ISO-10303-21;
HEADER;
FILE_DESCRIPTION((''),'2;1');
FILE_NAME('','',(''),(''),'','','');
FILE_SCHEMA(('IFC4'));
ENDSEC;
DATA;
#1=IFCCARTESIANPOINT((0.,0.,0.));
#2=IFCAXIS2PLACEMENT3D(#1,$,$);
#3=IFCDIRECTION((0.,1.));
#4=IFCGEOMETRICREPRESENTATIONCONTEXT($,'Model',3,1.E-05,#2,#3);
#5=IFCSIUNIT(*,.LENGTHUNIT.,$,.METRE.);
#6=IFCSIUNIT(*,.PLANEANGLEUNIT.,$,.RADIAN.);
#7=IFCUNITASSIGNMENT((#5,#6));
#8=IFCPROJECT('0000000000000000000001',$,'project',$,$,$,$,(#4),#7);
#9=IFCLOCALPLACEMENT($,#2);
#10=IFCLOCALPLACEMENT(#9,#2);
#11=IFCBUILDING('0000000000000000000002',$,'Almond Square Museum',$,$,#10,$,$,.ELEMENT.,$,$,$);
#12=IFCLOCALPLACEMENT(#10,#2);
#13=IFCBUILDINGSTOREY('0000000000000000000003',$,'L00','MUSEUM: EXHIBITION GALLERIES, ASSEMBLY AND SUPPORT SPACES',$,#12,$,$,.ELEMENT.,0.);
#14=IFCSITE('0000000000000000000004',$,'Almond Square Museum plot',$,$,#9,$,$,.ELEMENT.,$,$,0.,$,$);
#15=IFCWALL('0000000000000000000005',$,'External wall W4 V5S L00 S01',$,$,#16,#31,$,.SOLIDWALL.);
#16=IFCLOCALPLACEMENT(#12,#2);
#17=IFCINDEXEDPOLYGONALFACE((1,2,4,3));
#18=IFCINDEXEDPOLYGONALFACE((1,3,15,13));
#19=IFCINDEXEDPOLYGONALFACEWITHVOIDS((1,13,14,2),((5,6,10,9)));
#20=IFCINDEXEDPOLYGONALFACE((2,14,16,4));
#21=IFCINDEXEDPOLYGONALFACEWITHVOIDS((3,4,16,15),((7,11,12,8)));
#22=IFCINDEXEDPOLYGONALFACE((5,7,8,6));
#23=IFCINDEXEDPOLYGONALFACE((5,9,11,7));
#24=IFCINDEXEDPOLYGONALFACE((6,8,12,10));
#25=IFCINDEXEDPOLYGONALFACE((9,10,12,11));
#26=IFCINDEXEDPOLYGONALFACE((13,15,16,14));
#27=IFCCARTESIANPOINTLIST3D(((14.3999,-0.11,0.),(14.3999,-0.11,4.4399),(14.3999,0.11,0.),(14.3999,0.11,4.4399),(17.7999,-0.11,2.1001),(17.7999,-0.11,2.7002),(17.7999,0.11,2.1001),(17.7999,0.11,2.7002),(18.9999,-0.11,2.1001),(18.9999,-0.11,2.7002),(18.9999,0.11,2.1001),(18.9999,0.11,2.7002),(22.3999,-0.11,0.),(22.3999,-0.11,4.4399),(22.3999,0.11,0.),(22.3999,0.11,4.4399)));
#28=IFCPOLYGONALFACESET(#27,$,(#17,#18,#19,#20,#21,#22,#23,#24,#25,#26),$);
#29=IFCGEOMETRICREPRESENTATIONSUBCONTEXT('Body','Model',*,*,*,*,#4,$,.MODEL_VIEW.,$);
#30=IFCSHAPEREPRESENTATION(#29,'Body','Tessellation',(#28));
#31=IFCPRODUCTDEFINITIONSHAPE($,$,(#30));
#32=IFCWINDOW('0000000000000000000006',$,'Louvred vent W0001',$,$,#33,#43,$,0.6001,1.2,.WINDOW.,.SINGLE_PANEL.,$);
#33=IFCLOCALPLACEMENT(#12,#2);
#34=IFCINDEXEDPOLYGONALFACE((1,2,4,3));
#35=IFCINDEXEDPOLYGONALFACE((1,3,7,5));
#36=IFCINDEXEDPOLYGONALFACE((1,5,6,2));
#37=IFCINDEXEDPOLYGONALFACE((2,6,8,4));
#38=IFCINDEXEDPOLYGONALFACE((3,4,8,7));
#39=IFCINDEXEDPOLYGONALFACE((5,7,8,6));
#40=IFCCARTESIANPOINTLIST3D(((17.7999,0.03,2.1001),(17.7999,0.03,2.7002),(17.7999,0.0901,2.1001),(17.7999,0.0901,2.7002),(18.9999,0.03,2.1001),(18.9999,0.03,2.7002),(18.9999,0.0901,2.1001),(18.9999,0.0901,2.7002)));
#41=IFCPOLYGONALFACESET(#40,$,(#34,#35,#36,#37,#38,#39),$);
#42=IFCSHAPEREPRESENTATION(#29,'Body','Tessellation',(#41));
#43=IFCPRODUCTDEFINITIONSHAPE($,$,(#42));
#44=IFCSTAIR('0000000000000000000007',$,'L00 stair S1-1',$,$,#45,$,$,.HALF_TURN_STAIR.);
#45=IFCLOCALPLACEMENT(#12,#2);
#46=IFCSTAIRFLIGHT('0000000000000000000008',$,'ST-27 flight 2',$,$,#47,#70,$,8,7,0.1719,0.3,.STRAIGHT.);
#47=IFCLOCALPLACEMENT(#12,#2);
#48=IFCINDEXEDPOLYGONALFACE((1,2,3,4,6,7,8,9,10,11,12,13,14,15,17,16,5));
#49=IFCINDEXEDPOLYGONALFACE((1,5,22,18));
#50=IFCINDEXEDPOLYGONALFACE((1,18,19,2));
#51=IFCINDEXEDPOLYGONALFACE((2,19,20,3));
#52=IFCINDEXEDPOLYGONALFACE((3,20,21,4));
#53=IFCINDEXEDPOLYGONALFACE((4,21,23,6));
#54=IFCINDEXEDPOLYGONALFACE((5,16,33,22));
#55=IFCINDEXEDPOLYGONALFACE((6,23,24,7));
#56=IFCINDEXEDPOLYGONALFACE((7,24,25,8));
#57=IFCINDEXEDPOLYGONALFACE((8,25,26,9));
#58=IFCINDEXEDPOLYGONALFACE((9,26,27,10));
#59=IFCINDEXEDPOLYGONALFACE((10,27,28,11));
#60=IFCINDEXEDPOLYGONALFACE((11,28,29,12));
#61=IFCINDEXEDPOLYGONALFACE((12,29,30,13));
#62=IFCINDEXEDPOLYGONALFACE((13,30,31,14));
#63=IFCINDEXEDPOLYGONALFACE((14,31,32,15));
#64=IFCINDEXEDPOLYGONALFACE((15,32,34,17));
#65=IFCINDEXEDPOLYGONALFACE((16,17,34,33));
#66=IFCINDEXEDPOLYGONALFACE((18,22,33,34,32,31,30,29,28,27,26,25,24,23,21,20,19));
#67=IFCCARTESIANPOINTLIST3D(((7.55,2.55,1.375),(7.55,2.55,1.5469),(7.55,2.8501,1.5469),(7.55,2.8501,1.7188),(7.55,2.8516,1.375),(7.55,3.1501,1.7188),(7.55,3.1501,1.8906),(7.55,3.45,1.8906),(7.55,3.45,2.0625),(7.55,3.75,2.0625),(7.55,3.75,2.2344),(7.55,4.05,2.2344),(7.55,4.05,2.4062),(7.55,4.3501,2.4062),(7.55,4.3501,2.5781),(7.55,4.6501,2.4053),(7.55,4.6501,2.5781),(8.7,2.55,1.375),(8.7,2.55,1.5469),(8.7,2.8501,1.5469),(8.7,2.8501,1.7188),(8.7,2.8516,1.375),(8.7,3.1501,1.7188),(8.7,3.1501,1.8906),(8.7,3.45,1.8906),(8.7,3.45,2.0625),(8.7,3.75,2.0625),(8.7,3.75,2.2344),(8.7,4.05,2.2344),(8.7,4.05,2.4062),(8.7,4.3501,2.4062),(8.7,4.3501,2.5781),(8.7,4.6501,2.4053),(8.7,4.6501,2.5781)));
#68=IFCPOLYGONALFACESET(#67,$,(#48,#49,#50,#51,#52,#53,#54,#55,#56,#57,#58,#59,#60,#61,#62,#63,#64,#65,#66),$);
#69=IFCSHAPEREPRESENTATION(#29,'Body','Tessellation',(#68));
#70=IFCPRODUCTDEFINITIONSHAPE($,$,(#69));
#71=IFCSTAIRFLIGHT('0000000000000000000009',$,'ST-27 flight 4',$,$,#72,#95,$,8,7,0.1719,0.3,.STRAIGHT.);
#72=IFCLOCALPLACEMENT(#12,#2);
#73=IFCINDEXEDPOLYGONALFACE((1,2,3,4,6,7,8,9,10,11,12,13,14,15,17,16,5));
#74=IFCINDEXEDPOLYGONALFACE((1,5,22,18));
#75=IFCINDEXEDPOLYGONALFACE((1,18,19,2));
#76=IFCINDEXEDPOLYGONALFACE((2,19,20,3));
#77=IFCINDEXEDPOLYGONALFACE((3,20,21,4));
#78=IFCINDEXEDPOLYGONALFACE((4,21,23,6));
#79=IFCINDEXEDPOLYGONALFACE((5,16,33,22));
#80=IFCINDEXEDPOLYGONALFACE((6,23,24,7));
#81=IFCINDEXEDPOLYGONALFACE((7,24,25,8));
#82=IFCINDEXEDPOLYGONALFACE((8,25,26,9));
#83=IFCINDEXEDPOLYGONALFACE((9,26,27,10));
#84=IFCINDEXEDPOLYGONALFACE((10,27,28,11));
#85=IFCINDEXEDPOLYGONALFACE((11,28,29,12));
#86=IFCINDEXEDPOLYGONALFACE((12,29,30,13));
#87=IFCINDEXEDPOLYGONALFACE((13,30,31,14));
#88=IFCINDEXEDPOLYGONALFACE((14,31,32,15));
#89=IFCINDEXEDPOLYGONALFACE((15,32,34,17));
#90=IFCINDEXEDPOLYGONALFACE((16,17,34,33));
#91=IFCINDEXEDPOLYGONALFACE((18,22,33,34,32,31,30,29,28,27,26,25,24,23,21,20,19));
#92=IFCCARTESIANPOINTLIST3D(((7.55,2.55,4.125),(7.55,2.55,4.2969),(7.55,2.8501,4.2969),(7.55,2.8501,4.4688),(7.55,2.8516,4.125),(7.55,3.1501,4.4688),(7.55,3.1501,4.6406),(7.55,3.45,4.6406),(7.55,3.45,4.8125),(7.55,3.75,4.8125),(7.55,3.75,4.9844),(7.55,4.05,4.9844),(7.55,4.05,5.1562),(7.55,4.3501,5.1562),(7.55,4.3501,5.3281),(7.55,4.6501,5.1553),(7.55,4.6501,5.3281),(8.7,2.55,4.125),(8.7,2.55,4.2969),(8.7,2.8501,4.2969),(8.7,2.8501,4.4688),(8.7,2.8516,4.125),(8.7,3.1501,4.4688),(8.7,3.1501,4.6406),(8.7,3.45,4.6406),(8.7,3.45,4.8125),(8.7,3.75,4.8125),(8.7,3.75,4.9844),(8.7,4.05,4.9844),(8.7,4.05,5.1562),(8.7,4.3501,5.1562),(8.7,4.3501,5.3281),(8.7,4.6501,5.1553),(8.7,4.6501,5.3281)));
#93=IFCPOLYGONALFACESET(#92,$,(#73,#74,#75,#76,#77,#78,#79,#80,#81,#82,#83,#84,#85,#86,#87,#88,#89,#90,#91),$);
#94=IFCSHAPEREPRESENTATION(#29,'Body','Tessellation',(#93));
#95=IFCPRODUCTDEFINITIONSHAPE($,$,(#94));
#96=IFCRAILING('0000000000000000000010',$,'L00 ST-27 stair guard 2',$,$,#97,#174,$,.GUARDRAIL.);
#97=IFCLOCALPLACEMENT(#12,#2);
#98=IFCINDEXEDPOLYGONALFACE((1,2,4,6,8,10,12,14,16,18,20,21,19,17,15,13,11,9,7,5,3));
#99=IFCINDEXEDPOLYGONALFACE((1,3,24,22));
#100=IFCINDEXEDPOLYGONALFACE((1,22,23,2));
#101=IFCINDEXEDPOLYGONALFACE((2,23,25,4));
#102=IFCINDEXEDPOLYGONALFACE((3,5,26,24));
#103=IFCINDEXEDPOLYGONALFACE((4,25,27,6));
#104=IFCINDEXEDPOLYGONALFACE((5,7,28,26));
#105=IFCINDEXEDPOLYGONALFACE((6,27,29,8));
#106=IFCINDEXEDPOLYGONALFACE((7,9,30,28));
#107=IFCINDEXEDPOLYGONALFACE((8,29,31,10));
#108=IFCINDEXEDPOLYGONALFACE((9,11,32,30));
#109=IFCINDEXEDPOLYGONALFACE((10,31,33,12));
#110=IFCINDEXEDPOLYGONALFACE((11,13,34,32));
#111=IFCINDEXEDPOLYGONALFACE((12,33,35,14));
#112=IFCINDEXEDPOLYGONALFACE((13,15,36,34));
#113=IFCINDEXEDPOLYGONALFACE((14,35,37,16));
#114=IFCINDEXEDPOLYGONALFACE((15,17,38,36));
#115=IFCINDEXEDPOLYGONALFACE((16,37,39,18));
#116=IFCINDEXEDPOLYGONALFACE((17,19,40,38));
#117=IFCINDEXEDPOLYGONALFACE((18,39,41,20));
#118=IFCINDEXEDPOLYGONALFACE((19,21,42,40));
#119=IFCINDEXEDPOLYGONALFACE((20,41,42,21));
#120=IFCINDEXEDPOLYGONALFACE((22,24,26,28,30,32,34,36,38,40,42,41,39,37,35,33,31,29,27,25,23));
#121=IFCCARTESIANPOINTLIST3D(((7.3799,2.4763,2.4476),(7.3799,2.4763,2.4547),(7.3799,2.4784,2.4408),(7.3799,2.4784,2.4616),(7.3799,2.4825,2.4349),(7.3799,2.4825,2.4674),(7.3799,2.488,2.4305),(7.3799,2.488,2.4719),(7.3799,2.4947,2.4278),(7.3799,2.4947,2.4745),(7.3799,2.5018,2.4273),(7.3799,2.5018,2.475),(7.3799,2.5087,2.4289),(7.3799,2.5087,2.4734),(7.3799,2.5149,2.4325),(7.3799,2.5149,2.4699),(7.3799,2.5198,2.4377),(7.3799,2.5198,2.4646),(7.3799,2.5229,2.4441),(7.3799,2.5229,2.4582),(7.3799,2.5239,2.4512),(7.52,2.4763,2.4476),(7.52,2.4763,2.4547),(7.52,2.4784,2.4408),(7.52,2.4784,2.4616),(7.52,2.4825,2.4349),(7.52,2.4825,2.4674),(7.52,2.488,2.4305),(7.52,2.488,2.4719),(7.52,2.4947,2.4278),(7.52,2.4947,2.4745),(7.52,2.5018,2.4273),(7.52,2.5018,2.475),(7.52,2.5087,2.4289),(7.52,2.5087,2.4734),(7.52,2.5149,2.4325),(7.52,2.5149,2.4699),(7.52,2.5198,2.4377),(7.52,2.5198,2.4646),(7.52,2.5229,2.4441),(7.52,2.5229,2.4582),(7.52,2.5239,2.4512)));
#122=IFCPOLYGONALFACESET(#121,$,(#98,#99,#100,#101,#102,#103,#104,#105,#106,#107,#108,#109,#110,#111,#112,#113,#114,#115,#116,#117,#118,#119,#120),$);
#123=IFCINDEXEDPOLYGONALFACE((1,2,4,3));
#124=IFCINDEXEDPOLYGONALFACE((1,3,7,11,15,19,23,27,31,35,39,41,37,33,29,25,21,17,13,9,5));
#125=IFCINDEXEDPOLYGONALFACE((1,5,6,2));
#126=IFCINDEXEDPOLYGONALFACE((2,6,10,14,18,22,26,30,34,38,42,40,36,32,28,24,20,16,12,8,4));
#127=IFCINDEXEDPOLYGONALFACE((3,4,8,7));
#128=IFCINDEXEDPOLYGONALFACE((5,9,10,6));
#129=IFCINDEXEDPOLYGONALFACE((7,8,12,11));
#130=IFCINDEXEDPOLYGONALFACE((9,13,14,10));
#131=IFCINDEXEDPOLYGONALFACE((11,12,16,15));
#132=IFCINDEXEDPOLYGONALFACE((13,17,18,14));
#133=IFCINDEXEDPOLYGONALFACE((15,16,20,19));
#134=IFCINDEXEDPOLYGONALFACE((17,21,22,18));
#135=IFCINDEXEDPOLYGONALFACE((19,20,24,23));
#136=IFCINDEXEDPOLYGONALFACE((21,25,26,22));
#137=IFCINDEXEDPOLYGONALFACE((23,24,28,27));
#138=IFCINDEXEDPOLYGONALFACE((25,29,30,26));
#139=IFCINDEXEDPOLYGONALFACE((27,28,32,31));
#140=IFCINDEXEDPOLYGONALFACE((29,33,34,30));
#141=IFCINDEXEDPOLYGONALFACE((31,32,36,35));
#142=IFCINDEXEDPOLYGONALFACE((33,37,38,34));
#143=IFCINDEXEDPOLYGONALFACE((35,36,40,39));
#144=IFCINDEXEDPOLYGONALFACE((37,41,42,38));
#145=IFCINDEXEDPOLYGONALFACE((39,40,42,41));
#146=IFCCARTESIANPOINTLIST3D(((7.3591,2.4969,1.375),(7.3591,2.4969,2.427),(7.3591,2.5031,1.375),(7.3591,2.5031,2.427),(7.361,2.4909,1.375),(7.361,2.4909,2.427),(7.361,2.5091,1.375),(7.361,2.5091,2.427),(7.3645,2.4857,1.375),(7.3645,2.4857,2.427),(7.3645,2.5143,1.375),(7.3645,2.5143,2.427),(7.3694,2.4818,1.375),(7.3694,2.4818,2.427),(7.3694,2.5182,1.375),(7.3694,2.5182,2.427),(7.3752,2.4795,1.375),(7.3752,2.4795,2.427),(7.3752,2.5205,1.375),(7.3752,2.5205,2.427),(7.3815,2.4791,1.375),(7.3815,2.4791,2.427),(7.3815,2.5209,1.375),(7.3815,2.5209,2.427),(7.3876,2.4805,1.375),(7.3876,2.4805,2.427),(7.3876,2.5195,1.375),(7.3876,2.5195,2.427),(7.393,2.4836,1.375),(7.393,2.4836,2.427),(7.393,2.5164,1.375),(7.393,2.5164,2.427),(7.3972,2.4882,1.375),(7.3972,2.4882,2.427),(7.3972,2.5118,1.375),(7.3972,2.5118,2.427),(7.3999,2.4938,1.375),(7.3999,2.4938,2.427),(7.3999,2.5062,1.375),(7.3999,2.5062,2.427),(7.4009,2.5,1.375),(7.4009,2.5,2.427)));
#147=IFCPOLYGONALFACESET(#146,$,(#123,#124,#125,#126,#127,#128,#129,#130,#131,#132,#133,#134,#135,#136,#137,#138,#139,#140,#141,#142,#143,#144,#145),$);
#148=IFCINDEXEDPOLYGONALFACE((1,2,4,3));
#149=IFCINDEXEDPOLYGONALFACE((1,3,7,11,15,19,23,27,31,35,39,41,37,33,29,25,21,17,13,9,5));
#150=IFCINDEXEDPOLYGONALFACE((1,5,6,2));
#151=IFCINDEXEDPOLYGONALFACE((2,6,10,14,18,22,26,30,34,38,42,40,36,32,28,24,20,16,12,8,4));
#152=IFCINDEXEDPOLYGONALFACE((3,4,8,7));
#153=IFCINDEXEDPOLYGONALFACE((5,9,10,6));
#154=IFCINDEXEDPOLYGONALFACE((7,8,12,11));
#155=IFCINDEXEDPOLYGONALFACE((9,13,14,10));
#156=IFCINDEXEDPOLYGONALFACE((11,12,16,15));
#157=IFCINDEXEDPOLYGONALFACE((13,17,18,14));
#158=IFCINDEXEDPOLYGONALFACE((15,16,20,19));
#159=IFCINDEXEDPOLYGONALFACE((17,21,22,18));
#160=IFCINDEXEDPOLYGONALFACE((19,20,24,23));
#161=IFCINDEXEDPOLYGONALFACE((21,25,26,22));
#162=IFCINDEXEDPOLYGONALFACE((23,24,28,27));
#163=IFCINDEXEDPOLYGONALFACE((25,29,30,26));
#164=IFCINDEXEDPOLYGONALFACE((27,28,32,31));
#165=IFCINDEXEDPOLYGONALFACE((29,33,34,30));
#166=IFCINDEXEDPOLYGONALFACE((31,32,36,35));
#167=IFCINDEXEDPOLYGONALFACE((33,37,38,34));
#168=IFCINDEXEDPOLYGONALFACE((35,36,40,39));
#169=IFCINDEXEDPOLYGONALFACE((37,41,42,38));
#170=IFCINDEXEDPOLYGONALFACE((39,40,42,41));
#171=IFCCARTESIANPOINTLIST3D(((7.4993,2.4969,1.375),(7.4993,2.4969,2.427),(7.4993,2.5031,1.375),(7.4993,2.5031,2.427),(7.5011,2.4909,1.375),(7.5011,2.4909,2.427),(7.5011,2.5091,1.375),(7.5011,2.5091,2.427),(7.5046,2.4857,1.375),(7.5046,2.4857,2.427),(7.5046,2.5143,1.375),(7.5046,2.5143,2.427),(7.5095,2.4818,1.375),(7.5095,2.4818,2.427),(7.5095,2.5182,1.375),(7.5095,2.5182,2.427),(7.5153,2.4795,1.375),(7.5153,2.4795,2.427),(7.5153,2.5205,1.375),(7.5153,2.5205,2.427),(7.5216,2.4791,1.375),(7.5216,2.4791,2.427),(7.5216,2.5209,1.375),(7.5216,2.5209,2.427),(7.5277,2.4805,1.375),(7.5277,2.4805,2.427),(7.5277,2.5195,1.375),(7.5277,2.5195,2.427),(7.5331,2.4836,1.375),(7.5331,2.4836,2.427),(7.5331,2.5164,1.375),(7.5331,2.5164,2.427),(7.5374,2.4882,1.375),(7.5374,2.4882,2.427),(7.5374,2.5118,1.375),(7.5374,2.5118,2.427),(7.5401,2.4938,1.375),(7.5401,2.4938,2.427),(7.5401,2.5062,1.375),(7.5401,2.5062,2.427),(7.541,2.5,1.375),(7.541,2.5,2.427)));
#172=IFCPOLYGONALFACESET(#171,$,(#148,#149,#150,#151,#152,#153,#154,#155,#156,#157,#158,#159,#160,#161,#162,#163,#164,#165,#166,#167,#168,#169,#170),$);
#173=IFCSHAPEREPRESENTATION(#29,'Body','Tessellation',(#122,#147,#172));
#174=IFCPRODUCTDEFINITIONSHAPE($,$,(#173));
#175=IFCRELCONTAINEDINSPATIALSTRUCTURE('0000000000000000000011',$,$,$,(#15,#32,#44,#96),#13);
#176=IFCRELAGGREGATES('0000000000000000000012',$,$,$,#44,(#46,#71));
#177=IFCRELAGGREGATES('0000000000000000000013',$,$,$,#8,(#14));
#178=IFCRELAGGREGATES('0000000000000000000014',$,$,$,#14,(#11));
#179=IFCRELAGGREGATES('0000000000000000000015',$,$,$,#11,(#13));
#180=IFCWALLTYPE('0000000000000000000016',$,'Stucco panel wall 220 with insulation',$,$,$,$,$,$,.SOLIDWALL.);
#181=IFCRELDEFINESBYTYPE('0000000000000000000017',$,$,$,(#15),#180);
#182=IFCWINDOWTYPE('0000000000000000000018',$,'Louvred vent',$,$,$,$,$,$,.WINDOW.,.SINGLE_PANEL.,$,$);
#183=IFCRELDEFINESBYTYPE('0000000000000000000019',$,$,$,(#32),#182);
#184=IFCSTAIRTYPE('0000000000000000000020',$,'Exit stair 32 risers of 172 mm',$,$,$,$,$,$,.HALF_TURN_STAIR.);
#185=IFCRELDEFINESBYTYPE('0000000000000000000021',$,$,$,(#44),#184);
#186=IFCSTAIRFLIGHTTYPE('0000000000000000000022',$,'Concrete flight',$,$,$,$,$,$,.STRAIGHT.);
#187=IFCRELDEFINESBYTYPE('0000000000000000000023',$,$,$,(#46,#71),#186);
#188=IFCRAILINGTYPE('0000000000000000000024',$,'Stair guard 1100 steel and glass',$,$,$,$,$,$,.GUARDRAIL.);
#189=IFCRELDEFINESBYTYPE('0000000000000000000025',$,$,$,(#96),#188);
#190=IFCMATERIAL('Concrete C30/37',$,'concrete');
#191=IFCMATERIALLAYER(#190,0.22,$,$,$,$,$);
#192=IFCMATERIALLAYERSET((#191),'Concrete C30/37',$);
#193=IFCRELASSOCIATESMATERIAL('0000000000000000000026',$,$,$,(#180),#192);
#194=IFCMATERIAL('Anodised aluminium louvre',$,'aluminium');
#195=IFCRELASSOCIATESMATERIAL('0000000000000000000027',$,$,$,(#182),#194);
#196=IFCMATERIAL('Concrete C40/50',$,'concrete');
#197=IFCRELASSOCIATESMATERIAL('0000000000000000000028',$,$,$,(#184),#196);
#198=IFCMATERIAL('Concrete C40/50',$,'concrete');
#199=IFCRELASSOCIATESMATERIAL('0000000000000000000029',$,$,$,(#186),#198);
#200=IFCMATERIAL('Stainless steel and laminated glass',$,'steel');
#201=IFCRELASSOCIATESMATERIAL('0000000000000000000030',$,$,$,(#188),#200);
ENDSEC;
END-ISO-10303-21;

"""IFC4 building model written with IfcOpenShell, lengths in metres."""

from ifc_helpers import new_model, si_unit, direction, frame, frame_2d, origin, origin_2d, place, context, subcontext, project, spatial, polyline, rectangle, circle, outline, extrude, material, layer, layer_set, type_object, element, fill, aggregate, save


model = new_model("IFC4")

# Units and contexts
model_context = context("Model", 3, precision=1e-05, world=origin(), true_north=direction((0.0, 1.0)))
body_context = subcontext(model_context, "Body", "Model", "MODEL_VIEW")
ifc_project = project(units=[si_unit("LENGTHUNIT", "METRE"), si_unit("PLANEANGLEUNIT", "RADIAN")], contexts=[model_context])

# Site, building, storey
site_placement = place(None, origin())
site = spatial("IfcSite", under=ifc_project, at=site_placement, Name="Almond Square Museum plot", CompositionType="ELEMENT", RefElevation=0.0)
building_placement = place(site_placement, origin())
building = spatial("IfcBuilding", under=site, at=building_placement, Name="Almond Square Museum", CompositionType="ELEMENT")
storey_placement = place(building_placement, origin())
storey = spatial("IfcBuildingStorey", under=building, at=storey_placement, Name="L00", Description="MUSEUM: EXHIBITION GALLERIES, ASSEMBLY AND SUPPORT SPACES", CompositionType="ELEMENT", Elevation=0.0)

# Wall, opening, window
ifc_material_1 = material(Name="Concrete C30/37", Category="concrete")
ifc_layer_1 = layer(ifc_material_1, 0.22)
ifc_layer_set_1 = layer_set([ifc_layer_1], Name="Concrete C30/37")
wall_type_1 = type_object("IfcWallType", Name="Stucco panel wall 220 with insulation", PredefinedType="SOLIDWALL", material=ifc_layer_set_1)
wall_1_placement = place(storey_placement, frame((14.3999, 0.0, 0.0), z_axis=(0.0, 0.0, 1.0), x_axis=(1.0, 0.0, 0.0)))
wall_1 = element("IfcWall", 1, at=wall_1_placement, inside=storey, type_object=wall_type_1, Name="External wall W4 V5S L00 S01", PredefinedType="SOLIDWALL", context=body_context, shape_type="SweptSolid", body=[
    extrude(rectangle(XDim=8.0, YDim=0.22, at=frame_2d((4.0, 0.0))), origin(), (0.0, 0.0, 1.0), 4.4399),
])
opening_1_placement = place(wall_1_placement, frame((3.3999, 0.0, 2.1001)))
opening_1 = element("IfcOpeningElement", 2, at=opening_1_placement, cuts=wall_1, PredefinedType="OPENING", context=body_context, shape_type="SweptSolid", body=[
    extrude(rectangle(XDim=1.2, YDim=0.6001, at=frame_2d((0.6001, 0.3))), frame((0.0, 0.1199, 0.0), z_axis=(0.0, -1.0, 0.0), x_axis=(1.0, 0.0, 0.0)), (0.0, 0.0, 1.0), 0.24),
])
ifc_material_2 = material(Name="Anodised aluminium louvre", Category="aluminium")
window_type = type_object("IfcWindowType", Name="Louvred vent", PartitioningType="SINGLE_PANEL", PredefinedType="WINDOW", material=ifc_material_2)
window_placement = place(opening_1_placement, origin())
window = element("IfcWindow", 3, at=window_placement, inside=storey, type_object=window_type, Name="Louvred vent W0001", OverallHeight=0.6001, OverallWidth=1.2, PartitioningType="SINGLE_PANEL", PredefinedType="WINDOW", context=body_context, shape_type="SweptSolid", body=[
    extrude(rectangle(XDim=1.2, YDim=0.6001, at=frame_2d((0.6001, 0.3))), frame((0.0, 0.0901, 0.0), z_axis=(0.0, -1.0, 0.0), x_axis=(1.0, 0.0, 0.0)), (0.0, 0.0, 1.0), 0.0601),
])
fill(opening_1, window)

# Stair, stair flights
ifc_material_3 = material(Name="Concrete C40/50", Category="concrete")
stair_type = type_object("IfcStairType", Name="Exit stair 32 risers of 172 mm", PredefinedType="HALF_TURN_STAIR", material=ifc_material_3)
stair_placement = place(storey_placement, origin())
stair = element("IfcStair", 4, at=stair_placement, inside=storey, type_object=stair_type, Name="L00 stair S1-1", PredefinedType="HALF_TURN_STAIR")
ifc_material_4 = material(Name="Concrete C40/50", Category="concrete")
stair_flight_type = type_object("IfcStairFlightType", Name="Concrete flight", PredefinedType="STRAIGHT", material=ifc_material_4)
stair_flight_1_placement = place(storey_placement, frame((8.125, 2.55, 1.375), z_axis=(0.0, 0.0, 1.0), x_axis=(0.0, 1.0, 0.0)))
stair_flight_1 = element("IfcStairFlight", 5, at=stair_flight_1_placement, type_object=stair_flight_type, Name="ST-27 flight 2", NumberOfRisers=8, NumberOfTreads=7, PredefinedType="STRAIGHT", RiserHeight=0.1719, TreadLength=0.3, context=body_context, shape_type="SweptSolid", body=[
    extrude(outline(polyline([(0.0, 0.0), (0.0, 0.1719), (0.3, 0.1719), (0.3, 0.3438), (0.6001, 0.3438), (0.6001, 0.5156), (0.8999, 0.5156), (0.8999, 0.6875), (1.2, 0.6875), (1.2, 0.8594), (1.5, 0.8594), (1.5, 1.0312), (1.8, 1.0312), (1.8, 1.2031), (2.1001, 1.2031), (2.1001, 1.375), (2.1001, 1.0303), (0.3015, 0.0), (0.0, 0.0)])), frame((0.0, 0.575, 0.0), z_axis=(0.0, -1.0, 0.0), x_axis=(1.0, 0.0, 0.0)), (0.0, 0.0, 1.0), 1.1499),
])
stair_flight_2_placement = place(storey_placement, frame((8.125, 2.55, 4.125), z_axis=(0.0, 0.0, 1.0), x_axis=(0.0, 1.0, 0.0)))
stair_flight_2 = element("IfcStairFlight", 6, at=stair_flight_2_placement, type_object=stair_flight_type, Name="ST-27 flight 4", NumberOfRisers=8, NumberOfTreads=7, PredefinedType="STRAIGHT", RiserHeight=0.1719, TreadLength=0.3, context=body_context, shape_type="SweptSolid", body=[
    extrude(outline(polyline([(0.0, 0.0), (0.0, 0.1719), (0.3, 0.1719), (0.3, 0.3438), (0.6001, 0.3438), (0.6001, 0.5156), (0.8999, 0.5156), (0.8999, 0.6875), (1.2, 0.6875), (1.2, 0.8594), (1.5, 0.8594), (1.5, 1.0312), (1.8, 1.0312), (1.8, 1.2031), (2.1001, 1.2031), (2.1001, 1.375), (2.1001, 1.0303), (0.3015, 0.0), (0.0, 0.0)])), frame((0.0, 0.575, 0.0), z_axis=(0.0, -1.0, 0.0), x_axis=(1.0, 0.0, 0.0)), (0.0, 0.0, 1.0), 1.1499),
])
aggregate(stair, [stair_flight_1, stair_flight_2])

# Railing
ifc_material_5 = material(Name="Stainless steel and laminated glass", Category="steel")
railing_type = type_object("IfcRailingType", Name="Stair guard 1100 steel and glass", PredefinedType="GUARDRAIL", material=ifc_material_5)
railing_1_placement = place(storey_placement, frame((7.3799, 2.5, 1.375)))
element("IfcRailing", 7, at=railing_1_placement, inside=storey, type_object=railing_type, Name="L00 ST-27 stair guard 2", PredefinedType="GUARDRAIL", context=body_context, shape_type="SweptSolid", body=[
    extrude(circle(Radius=0.0239, at=origin_2d()), frame((0.0, 0.0, 1.0762), z_axis=(1.0, 0.0, 0.0), x_axis=(0.0, 1.0, 0.0)), (0.0, 0.0, 1.0), 0.1401),
    extrude(circle(Radius=0.021, at=origin_2d()), origin(), (0.0, 0.0, 1.0), 1.052),
    extrude(circle(Radius=0.021, at=origin_2d()), frame((0.1401, 0.0, 0.0)), (0.0, 0.0, 1.0), 1.052),
])

save(model, "model.ifc")
